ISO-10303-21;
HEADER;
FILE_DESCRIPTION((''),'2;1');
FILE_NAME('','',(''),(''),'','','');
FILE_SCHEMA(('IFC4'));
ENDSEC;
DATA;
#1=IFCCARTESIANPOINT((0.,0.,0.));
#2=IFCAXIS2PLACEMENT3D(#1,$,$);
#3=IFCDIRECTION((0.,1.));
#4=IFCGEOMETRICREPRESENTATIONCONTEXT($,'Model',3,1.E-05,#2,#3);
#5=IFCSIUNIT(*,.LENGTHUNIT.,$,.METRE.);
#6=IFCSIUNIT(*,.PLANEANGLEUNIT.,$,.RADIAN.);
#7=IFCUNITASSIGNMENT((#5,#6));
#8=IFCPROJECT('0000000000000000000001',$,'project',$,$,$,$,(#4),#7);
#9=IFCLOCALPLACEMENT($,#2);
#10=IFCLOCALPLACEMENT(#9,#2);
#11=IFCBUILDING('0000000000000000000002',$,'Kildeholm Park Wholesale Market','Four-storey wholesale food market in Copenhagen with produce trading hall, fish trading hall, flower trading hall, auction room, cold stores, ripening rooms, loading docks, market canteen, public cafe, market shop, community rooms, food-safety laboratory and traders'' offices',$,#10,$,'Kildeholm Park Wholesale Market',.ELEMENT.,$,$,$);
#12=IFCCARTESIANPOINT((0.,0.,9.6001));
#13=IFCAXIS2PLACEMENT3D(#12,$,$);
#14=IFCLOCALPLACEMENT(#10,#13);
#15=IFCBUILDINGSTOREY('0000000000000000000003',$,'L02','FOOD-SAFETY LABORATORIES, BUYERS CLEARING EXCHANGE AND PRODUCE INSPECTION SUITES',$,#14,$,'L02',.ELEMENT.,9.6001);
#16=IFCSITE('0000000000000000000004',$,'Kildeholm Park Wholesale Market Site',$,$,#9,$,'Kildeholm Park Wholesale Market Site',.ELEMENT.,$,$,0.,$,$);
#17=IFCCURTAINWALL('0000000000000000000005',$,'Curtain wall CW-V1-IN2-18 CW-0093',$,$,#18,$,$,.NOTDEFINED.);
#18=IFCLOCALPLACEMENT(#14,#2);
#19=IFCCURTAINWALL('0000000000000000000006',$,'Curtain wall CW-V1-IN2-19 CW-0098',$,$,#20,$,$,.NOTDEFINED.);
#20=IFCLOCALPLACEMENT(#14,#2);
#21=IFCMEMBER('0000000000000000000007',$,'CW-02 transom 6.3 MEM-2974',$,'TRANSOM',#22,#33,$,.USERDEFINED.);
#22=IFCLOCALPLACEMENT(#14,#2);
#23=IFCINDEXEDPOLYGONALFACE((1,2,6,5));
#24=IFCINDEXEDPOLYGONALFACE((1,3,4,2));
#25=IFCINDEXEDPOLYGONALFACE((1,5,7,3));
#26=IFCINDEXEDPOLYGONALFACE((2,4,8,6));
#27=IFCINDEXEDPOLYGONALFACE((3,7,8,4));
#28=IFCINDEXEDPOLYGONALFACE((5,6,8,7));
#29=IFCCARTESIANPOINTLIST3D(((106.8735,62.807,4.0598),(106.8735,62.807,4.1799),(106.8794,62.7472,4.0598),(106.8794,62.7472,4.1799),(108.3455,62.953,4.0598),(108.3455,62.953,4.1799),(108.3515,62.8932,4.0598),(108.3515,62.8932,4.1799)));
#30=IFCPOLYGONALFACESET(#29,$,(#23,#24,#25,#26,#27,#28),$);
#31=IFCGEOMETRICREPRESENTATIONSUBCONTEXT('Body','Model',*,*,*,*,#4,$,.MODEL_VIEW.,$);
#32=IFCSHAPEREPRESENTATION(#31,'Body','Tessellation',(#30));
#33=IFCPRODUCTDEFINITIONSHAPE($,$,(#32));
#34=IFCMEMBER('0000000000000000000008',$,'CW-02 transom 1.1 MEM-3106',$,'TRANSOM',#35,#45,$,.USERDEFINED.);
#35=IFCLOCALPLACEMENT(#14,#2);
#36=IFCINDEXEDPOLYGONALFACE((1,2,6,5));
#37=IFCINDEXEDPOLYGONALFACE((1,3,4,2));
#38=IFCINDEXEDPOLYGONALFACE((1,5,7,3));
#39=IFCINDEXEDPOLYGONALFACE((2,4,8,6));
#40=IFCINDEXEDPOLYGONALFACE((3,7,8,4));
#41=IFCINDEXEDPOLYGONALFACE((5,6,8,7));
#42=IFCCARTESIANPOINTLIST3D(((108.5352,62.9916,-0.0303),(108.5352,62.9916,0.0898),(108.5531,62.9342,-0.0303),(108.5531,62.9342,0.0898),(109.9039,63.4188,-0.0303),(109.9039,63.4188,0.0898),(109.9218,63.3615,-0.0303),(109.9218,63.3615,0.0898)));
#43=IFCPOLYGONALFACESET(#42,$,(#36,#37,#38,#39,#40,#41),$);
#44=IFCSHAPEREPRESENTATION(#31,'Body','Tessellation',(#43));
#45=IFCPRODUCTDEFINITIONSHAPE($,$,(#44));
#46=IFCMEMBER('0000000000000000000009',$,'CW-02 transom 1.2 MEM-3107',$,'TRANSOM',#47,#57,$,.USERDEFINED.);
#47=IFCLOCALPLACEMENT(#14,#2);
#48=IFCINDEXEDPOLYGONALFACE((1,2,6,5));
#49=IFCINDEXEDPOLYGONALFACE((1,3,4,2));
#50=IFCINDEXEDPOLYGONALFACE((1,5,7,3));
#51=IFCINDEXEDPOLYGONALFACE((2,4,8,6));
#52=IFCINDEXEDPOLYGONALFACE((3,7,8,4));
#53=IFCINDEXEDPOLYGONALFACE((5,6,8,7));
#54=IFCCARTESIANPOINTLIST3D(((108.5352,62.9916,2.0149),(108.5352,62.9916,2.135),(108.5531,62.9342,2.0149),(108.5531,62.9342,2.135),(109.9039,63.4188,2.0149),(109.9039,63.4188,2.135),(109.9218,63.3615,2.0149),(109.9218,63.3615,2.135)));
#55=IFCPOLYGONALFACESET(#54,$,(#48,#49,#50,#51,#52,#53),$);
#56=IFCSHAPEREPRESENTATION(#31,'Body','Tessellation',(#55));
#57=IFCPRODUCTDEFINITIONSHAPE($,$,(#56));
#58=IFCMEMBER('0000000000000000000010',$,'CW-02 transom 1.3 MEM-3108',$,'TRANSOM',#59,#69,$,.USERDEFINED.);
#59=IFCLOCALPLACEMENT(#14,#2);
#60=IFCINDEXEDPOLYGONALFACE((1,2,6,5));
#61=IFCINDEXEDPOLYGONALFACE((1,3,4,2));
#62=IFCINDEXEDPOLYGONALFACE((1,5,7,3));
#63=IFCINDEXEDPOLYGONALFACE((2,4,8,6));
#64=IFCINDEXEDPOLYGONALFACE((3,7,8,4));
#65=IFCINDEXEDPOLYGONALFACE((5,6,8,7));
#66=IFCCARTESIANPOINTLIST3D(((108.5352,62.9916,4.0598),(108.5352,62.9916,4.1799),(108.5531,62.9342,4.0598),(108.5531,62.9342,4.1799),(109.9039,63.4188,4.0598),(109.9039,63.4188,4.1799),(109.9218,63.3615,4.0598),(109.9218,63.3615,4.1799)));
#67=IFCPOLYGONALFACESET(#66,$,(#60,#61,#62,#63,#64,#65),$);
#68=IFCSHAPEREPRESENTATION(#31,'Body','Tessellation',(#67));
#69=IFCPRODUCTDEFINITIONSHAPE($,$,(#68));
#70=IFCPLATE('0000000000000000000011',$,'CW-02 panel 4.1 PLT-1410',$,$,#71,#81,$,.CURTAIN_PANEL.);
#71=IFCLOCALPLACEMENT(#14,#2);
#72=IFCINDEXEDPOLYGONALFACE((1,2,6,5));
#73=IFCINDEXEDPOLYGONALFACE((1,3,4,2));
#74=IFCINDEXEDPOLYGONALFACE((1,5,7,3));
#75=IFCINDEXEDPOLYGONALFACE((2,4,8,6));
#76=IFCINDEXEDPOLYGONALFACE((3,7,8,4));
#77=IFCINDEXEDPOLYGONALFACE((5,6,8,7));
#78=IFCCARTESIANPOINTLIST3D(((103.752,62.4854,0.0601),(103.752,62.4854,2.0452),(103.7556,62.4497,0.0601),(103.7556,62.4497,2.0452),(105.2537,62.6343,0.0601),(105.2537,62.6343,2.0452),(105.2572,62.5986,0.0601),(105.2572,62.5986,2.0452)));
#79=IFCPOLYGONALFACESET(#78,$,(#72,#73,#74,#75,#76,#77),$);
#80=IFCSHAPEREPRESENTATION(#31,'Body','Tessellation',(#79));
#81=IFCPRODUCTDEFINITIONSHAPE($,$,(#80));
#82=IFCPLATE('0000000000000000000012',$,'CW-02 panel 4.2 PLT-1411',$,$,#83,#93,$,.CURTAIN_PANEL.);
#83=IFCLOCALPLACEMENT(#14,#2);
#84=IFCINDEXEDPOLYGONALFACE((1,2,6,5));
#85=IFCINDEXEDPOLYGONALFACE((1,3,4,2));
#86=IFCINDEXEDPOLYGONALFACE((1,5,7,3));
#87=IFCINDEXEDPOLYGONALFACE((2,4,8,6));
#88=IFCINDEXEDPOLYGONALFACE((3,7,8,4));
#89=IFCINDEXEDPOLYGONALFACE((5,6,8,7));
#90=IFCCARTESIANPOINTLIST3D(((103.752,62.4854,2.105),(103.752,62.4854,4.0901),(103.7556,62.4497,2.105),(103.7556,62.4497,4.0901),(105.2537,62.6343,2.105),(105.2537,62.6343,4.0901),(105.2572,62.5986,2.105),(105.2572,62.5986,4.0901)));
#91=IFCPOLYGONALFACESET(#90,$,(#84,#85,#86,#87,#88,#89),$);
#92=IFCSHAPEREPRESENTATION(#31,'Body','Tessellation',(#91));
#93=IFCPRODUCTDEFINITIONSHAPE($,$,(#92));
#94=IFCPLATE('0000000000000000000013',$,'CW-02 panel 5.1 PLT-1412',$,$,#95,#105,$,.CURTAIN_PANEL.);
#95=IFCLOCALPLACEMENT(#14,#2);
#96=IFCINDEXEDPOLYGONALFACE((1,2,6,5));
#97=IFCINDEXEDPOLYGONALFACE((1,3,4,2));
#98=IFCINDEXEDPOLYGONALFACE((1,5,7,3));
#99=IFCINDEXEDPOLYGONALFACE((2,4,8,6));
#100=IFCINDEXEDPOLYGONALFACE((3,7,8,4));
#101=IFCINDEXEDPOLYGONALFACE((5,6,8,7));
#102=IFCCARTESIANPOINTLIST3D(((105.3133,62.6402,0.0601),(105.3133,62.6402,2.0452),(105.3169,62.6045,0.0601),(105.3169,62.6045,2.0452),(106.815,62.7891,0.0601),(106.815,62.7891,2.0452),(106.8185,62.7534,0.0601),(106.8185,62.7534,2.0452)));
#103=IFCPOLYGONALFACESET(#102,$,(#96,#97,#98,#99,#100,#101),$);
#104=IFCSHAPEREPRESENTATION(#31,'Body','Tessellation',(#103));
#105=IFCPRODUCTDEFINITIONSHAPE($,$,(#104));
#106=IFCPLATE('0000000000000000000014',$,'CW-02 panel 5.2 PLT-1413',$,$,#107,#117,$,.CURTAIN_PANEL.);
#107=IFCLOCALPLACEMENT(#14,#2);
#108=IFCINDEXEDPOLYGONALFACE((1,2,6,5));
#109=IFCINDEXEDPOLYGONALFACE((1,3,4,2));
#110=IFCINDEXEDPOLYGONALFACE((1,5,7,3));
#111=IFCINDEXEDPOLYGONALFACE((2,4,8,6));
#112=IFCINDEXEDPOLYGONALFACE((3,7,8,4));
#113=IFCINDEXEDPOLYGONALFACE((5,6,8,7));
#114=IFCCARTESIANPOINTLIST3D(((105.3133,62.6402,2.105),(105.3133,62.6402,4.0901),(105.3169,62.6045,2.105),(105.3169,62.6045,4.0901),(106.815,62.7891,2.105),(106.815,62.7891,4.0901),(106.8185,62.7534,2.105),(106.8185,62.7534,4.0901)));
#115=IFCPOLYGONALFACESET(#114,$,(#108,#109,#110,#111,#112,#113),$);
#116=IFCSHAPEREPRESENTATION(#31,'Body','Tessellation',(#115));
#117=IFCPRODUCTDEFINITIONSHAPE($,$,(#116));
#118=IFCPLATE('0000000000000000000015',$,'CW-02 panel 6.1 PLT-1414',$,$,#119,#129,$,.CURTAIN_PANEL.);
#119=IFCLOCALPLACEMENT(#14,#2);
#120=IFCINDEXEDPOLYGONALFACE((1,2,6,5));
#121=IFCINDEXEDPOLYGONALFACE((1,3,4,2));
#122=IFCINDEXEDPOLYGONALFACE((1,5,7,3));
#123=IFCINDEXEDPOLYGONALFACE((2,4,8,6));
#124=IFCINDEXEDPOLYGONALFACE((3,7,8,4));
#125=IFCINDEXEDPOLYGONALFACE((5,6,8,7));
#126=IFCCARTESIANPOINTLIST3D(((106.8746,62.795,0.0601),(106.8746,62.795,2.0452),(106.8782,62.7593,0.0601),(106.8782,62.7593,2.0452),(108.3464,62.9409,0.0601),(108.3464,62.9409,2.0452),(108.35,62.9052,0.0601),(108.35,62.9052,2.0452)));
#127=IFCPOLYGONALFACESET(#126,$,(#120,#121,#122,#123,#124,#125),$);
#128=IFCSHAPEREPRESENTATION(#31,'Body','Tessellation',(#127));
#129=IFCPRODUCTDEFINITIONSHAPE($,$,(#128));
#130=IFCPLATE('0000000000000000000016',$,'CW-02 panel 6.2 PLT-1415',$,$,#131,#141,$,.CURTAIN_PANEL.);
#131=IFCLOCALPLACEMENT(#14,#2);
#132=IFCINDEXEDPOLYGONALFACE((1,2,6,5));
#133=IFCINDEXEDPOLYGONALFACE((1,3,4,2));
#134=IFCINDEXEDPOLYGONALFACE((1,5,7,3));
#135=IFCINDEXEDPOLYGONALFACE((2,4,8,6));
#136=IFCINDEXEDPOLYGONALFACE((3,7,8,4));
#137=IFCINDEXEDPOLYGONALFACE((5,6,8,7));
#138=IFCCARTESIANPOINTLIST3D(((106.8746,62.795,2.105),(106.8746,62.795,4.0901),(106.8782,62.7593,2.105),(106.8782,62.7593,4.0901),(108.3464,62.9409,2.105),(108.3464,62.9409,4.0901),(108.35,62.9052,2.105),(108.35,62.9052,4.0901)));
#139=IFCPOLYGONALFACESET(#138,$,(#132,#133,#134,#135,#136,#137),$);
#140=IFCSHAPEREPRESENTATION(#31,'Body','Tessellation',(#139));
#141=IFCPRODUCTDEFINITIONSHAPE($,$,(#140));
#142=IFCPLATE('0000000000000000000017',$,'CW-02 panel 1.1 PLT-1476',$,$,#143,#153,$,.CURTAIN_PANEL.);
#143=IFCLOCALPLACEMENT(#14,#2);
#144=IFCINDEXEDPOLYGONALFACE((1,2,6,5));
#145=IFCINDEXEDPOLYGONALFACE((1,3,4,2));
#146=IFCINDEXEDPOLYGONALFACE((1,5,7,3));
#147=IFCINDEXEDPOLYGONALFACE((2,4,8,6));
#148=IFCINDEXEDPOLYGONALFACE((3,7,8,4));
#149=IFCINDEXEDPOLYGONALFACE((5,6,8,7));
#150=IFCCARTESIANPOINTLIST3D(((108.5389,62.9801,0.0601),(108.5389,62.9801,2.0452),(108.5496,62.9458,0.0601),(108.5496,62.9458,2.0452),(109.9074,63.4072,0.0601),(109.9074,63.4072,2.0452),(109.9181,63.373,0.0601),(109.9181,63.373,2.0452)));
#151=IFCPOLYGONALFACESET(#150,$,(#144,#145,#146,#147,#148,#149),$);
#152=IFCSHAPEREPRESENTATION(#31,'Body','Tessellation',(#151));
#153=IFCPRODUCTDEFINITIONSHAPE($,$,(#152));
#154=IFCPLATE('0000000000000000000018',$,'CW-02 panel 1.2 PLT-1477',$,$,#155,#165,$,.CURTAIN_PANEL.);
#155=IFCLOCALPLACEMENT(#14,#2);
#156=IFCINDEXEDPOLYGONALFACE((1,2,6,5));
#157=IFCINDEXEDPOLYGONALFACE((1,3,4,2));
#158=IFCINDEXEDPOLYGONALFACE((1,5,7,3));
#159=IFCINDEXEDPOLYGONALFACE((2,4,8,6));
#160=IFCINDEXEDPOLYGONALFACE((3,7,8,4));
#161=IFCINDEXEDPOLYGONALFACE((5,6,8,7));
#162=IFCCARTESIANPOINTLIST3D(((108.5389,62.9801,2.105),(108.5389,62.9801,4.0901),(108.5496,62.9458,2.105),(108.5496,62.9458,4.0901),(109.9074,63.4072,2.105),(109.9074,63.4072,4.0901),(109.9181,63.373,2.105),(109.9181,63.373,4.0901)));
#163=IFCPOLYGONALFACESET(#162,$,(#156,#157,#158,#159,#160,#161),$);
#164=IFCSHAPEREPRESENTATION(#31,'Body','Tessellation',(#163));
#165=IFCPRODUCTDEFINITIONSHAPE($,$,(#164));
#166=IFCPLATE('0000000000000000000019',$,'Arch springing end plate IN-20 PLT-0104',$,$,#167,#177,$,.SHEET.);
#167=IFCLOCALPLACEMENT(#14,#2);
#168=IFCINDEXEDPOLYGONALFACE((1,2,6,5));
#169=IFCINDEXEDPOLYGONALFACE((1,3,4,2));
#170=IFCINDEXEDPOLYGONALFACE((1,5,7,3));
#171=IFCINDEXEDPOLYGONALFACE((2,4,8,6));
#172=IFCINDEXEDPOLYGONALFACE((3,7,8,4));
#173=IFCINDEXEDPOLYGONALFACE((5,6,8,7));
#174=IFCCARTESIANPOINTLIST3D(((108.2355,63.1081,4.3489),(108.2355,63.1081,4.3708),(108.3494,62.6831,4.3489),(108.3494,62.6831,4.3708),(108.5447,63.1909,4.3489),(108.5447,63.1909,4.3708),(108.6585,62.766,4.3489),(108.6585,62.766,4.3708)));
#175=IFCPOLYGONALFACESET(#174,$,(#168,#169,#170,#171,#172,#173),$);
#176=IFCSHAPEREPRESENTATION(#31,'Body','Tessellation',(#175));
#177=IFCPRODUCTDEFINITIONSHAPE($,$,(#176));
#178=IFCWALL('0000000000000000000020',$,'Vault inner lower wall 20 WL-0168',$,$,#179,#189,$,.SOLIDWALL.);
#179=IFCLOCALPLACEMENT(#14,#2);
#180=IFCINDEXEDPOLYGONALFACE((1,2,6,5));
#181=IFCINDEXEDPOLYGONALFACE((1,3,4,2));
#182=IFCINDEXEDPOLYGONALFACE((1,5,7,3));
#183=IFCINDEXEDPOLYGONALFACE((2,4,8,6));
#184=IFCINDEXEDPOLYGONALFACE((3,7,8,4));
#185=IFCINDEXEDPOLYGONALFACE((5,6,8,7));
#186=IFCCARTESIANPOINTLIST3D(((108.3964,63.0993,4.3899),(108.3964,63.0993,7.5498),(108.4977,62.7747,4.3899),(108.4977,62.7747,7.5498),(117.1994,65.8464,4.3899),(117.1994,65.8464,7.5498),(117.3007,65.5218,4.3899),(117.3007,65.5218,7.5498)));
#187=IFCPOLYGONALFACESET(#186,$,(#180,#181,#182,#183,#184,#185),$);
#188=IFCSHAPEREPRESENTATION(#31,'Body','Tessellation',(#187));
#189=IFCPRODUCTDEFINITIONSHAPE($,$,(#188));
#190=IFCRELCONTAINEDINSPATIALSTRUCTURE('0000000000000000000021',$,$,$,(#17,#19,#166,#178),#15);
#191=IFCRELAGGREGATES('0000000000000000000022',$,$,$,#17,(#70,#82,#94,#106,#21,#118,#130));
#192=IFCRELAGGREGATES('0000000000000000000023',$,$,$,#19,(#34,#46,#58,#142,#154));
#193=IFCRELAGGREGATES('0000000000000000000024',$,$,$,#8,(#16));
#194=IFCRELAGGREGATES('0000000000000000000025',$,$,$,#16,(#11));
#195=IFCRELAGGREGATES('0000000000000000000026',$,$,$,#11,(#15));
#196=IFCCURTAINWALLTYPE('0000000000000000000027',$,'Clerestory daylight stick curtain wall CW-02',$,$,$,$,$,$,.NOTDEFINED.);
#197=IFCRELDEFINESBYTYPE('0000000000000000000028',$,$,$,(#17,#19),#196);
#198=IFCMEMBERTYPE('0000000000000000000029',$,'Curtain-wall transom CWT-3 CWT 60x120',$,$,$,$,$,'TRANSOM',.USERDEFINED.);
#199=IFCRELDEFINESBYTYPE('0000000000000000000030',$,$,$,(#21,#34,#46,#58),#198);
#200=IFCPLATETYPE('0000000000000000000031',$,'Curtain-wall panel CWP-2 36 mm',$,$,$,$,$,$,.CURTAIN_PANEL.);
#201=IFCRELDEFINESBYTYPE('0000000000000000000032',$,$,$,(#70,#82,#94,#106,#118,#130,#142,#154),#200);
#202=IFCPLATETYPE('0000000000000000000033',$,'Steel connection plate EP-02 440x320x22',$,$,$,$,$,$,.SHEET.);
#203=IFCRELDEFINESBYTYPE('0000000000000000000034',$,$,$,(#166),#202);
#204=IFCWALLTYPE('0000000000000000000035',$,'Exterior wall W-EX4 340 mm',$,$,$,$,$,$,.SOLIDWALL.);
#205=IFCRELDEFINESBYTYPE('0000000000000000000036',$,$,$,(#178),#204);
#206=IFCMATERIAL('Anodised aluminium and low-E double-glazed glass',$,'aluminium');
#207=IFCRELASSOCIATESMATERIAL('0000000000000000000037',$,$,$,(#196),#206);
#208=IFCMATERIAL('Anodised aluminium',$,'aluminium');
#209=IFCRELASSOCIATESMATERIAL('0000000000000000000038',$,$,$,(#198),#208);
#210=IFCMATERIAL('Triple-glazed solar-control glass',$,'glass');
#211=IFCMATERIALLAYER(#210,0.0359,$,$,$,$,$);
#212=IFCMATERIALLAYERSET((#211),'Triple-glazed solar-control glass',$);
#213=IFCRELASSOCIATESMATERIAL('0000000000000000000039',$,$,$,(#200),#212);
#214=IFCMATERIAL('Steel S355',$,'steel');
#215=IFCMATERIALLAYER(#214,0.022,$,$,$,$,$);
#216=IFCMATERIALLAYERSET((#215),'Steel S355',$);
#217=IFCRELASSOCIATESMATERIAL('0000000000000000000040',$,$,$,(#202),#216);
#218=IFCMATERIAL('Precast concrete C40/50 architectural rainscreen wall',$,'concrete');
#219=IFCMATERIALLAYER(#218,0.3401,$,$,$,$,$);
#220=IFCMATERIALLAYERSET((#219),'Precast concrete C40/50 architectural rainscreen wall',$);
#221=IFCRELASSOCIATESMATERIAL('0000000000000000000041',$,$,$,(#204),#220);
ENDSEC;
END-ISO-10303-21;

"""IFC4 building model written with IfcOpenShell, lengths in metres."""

from ifc_helpers import new_model, si_unit, direction, frame, frame_2d, origin, origin_2d, place, context, subcontext, project, spatial, rectangle, extrude, material, layer, layer_set, material_profile, profile_set, type_object, element, aggregate, save


model = new_model("IFC4")

# Units and contexts
model_context = context("Model", 3, precision=1e-05, world=origin(), true_north=direction((0.0, 1.0)))
body_context = subcontext(model_context, "Body", "Model", "MODEL_VIEW")
ifc_project = project(units=[si_unit("LENGTHUNIT", "METRE"), si_unit("PLANEANGLEUNIT", "RADIAN")], contexts=[model_context])

# Site, building, storey
site_placement = place(None, origin())
site = spatial("IfcSite", under=ifc_project, at=site_placement, Name="Kildeholm Park Wholesale Market Site", LongName="Kildeholm Park Wholesale Market Site", CompositionType="ELEMENT", RefElevation=0.0)
building_placement = place(site_placement, origin())
building = spatial("IfcBuilding", under=site, at=building_placement, Name="Kildeholm Park Wholesale Market", Description="Four-storey wholesale food market in Copenhagen with produce trading hall, fish trading hall, flower trading hall, auction room, cold stores, ripening rooms, loading docks, market canteen, public cafe, market shop, community rooms, food-safety laboratory and traders' offices", LongName="Kildeholm Park Wholesale Market", CompositionType="ELEMENT")
storey_placement = place(building_placement, frame((0.0, 0.0, 9.6001)))
storey = spatial("IfcBuildingStorey", under=building, at=storey_placement, Name="L02", Description="FOOD-SAFETY LABORATORIES, BUYERS CLEARING EXCHANGE AND PRODUCE INSPECTION SUITES", LongName="L02", CompositionType="ELEMENT", Elevation=9.6001)

# Shared definitions
ifc_material_1 = material(Name="Steel S355", Category="steel")

# Curtain wall
ifc_material_2 = material(Name="Anodised aluminium and low-E double-glazed glass", Category="aluminium")
curtain_wall_type = type_object("IfcCurtainWallType", Name="Clerestory daylight stick curtain wall CW-02", PredefinedType="NOTDEFINED", material=ifc_material_2)
curtain_wall_1_placement = place(storey_placement, origin())
curtain_wall_1 = element("IfcCurtainWall", 1, at=curtain_wall_1_placement, inside=storey, type_object=curtain_wall_type, Name="Curtain wall CW-V1-IN2-18 CW-0093", PredefinedType="NOTDEFINED")
ifc_material_3 = material(Name="Anodised aluminium", Category="aluminium")

# Curtain wall
curtain_wall_2_placement = place(storey_placement, origin())
curtain_wall_2 = element("IfcCurtainWall", 2, at=curtain_wall_2_placement, inside=storey, type_object=curtain_wall_type, Name="Curtain wall CW-V1-IN2-19 CW-0098", PredefinedType="NOTDEFINED")

# Members
ifc_material_profile_1 = material_profile(ifc_material_3, rectangle(XDim=0.0601, YDim=0.1201, at=origin_2d()), Name="CWT 60x120")
ifc_profile_set_1 = profile_set([ifc_material_profile_1], Name="Anodised aluminium")
member_type_1 = type_object("IfcMemberType", Name="Curtain-wall transom CWT-3 CWT 60x120", ElementType="TRANSOM", PredefinedType="USERDEFINED", material=ifc_profile_set_1)
member_1_placement = place(storey_placement, frame((106.8765, 62.7771, 4.1199), z_axis=(0.995117, 0.098703, 0.0), x_axis=(-0.098703, 0.995117, 0.0)))
member_1 = element("IfcMember", 3, at=member_1_placement, type_object=member_type_1, Name="CW-02 transom 6.3 MEM-2974", ObjectType="TRANSOM", PredefinedType="USERDEFINED", context=body_context, shape_type="SweptSolid", body=[
    extrude(rectangle(XDim=0.0601, YDim=0.1201, at=origin_2d()), origin(), (0.0, 0.0, 1.0), 1.4792),
])
member_2_placement = place(storey_placement, frame((108.5442, 62.9629, 0.0298), z_axis=(0.954571, 0.297984, 0.0), x_axis=(-0.297984, 0.954571, 0.0)))
member_2 = element("IfcMember", 4, at=member_2_placement, type_object=member_type_1, Name="CW-02 transom 1.1 MEM-3106", ObjectType="TRANSOM", PredefinedType="USERDEFINED", context=body_context, shape_type="SweptSolid", body=[
    extrude(rectangle(XDim=0.0601, YDim=0.1201, at=origin_2d()), origin(), (0.0, 0.0, 1.0), 1.4338),
])
member_3_placement = place(storey_placement, frame((108.5442, 62.9629, 2.075), z_axis=(0.954571, 0.297984, 0.0), x_axis=(-0.297984, 0.954571, 0.0)))
member_3 = element("IfcMember", 5, at=member_3_placement, type_object=member_type_1, Name="CW-02 transom 1.2 MEM-3107", ObjectType="TRANSOM", PredefinedType="USERDEFINED", context=body_context, shape_type="SweptSolid", body=[
    extrude(rectangle(XDim=0.0601, YDim=0.1201, at=origin_2d()), origin(), (0.0, 0.0, 1.0), 1.4338),
])
member_4_placement = place(storey_placement, frame((108.5442, 62.9629, 4.1199), z_axis=(0.954571, 0.297984, 0.0), x_axis=(-0.297984, 0.954571, 0.0)))
member_4 = element("IfcMember", 6, at=member_4_placement, type_object=member_type_1, Name="CW-02 transom 1.3 MEM-3108", ObjectType="TRANSOM", PredefinedType="USERDEFINED", context=body_context, shape_type="SweptSolid", body=[
    extrude(rectangle(XDim=0.0601, YDim=0.1201, at=origin_2d()), origin(), (0.0, 0.0, 1.0), 1.4338),
])

# Plates
ifc_material_4 = material(Name="Triple-glazed solar-control glass", Category="glass")
ifc_layer_1 = layer(ifc_material_4, 0.0359)
ifc_layer_set_1 = layer_set([ifc_layer_1], Name="Triple-glazed solar-control glass")
plate_type_1 = type_object("IfcPlateType", Name="Curtain-wall panel CWP-2 36 mm", PredefinedType="CURTAIN_PANEL", material=ifc_layer_set_1)
plate_1_placement = place(storey_placement, frame((104.5046, 62.542, 0.0601), z_axis=(0.0, 0.0, 1.0), x_axis=(0.995119, 0.098683, 0.0)))
plate_1 = element("IfcPlate", 7, at=plate_1_placement, type_object=plate_type_1, Name="CW-02 panel 4.1 PLT-1410", PredefinedType="CURTAIN_PANEL", context=body_context, shape_type="SweptSolid", body=[
    extrude(rectangle(XDim=1.509, YDim=0.0359, at=origin_2d()), origin(), (0.0, 0.0, 1.0), 1.9851),
])
plate_2_placement = place(storey_placement, frame((104.5046, 62.542, 2.105), z_axis=(0.0, 0.0, 1.0), x_axis=(0.995119, 0.098683, 0.0)))
plate_2 = element("IfcPlate", 8, at=plate_2_placement, type_object=plate_type_1, Name="CW-02 panel 4.2 PLT-1411", PredefinedType="CURTAIN_PANEL", context=body_context, shape_type="SweptSolid", body=[
    extrude(rectangle(XDim=1.509, YDim=0.0359, at=origin_2d()), origin(), (0.0, 0.0, 1.0), 1.9851),
])
plate_3_placement = place(storey_placement, frame((106.0659, 62.6968, 0.0601), z_axis=(0.0, 0.0, 1.0), x_axis=(0.995119, 0.098683, 0.0)))
plate_3 = element("IfcPlate", 9, at=plate_3_placement, type_object=plate_type_1, Name="CW-02 panel 5.1 PLT-1412", PredefinedType="CURTAIN_PANEL", context=body_context, shape_type="SweptSolid", body=[
    extrude(rectangle(XDim=1.509, YDim=0.0359, at=origin_2d()), origin(), (0.0, 0.0, 1.0), 1.9851),
])
plate_4_placement = place(storey_placement, frame((106.0659, 62.6968, 2.105), z_axis=(0.0, 0.0, 1.0), x_axis=(0.995119, 0.098683, 0.0)))
plate_4 = element("IfcPlate", 10, at=plate_4_placement, type_object=plate_type_1, Name="CW-02 panel 5.2 PLT-1413", PredefinedType="CURTAIN_PANEL", context=body_context, shape_type="SweptSolid", body=[
    extrude(rectangle(XDim=1.509, YDim=0.0359, at=origin_2d()), origin(), (0.0, 0.0, 1.0), 1.9851),
])
plate_5_placement = place(storey_placement, frame((107.6123, 62.8501, 0.0601), z_axis=(0.0, 0.0, 1.0), x_axis=(0.995119, 0.098683, 0.0)))
plate_5 = element("IfcPlate", 11, at=plate_5_placement, type_object=plate_type_1, Name="CW-02 panel 6.1 PLT-1414", PredefinedType="CURTAIN_PANEL", context=body_context, shape_type="SweptSolid", body=[
    extrude(rectangle(XDim=1.479, YDim=0.0359, at=origin_2d()), origin(), (0.0, 0.0, 1.0), 1.9851),
])
plate_6_placement = place(storey_placement, frame((107.6123, 62.8501, 2.105), z_axis=(0.0, 0.0, 1.0), x_axis=(0.995119, 0.098683, 0.0)))
plate_6 = element("IfcPlate", 12, at=plate_6_placement, type_object=plate_type_1, Name="CW-02 panel 6.2 PLT-1415", PredefinedType="CURTAIN_PANEL", context=body_context, shape_type="SweptSolid", body=[
    extrude(rectangle(XDim=1.479, YDim=0.0359, at=origin_2d()), origin(), (0.0, 0.0, 1.0), 1.9851),
])
aggregate(curtain_wall_1, [plate_1, plate_2, plate_3, plate_4, member_1, plate_5, plate_6])
plate_7_placement = place(storey_placement, frame((109.2285, 63.1765, 0.0601), z_axis=(0.0, 0.0, 1.0), x_axis=(0.954579, 0.297957, 0.0)))
plate_7 = element("IfcPlate", 13, at=plate_7_placement, type_object=plate_type_1, Name="CW-02 panel 1.1 PLT-1476", PredefinedType="CURTAIN_PANEL", context=body_context, shape_type="SweptSolid", body=[
    extrude(rectangle(XDim=1.4336, YDim=0.0359, at=origin_2d()), origin(), (0.0, 0.0, 1.0), 1.9851),
])
plate_8_placement = place(storey_placement, frame((109.2285, 63.1765, 2.105), z_axis=(0.0, 0.0, 1.0), x_axis=(0.954579, 0.297957, 0.0)))
plate_8 = element("IfcPlate", 14, at=plate_8_placement, type_object=plate_type_1, Name="CW-02 panel 1.2 PLT-1477", PredefinedType="CURTAIN_PANEL", context=body_context, shape_type="SweptSolid", body=[
    extrude(rectangle(XDim=1.4336, YDim=0.0359, at=origin_2d()), origin(), (0.0, 0.0, 1.0), 1.9851),
])
aggregate(curtain_wall_2, [member_2, member_3, member_4, plate_7, plate_8])
ifc_layer_2 = layer(ifc_material_1, 0.022)
ifc_layer_set_2 = layer_set([ifc_layer_2], Name="Steel S355")
plate_type_2 = type_object("IfcPlateType", Name="Steel connection plate EP-02 440x320x22", PredefinedType="SHEET", material=ifc_layer_set_2)
plate_9_placement = place(storey_placement, frame((108.447, 62.937, 4.3489), z_axis=(0.0, 0.0, 1.0), x_axis=(0.258819, -0.965926, 0.0)))
element("IfcPlate", 15, at=plate_9_placement, inside=storey, type_object=plate_type_2, Name="Arch springing end plate IN-20 PLT-0104", PredefinedType="SHEET", context=body_context, shape_type="SweptSolid", body=[
    extrude(rectangle(XDim=0.4399, YDim=0.3201, at=origin_2d()), origin(), (0.0, 0.0, 1.0), 0.022),
])

# Wall
ifc_material_5 = material(Name="Precast concrete C40/50 architectural rainscreen wall", Category="concrete")
ifc_layer_3 = layer(ifc_material_5, 0.3401)
ifc_layer_set_3 = layer_set([ifc_layer_3], Name="Precast concrete C40/50 architectural rainscreen wall")
wall_type = type_object("IfcWallType", Name="Exterior wall W-EX4 340 mm", PredefinedType="SOLIDWALL", material=ifc_layer_set_3)
wall_placement = place(storey_placement, frame((108.447, 62.937, 4.3899), z_axis=(0.0, 0.0, 1.0), x_axis=(0.954599, 0.297894, 0.0)))
element("IfcWall", 16, at=wall_placement, inside=storey, type_object=wall_type, Name="Vault inner lower wall 20 WL-0168", PredefinedType="SOLIDWALL", context=body_context, shape_type="SweptSolid", body=[
    extrude(rectangle(XDim=9.2217, YDim=0.3401, at=frame_2d((4.6108, 0.0))), origin(), (0.0, 0.0, 1.0), 3.1599),
])

save(model, "model.ifc")
